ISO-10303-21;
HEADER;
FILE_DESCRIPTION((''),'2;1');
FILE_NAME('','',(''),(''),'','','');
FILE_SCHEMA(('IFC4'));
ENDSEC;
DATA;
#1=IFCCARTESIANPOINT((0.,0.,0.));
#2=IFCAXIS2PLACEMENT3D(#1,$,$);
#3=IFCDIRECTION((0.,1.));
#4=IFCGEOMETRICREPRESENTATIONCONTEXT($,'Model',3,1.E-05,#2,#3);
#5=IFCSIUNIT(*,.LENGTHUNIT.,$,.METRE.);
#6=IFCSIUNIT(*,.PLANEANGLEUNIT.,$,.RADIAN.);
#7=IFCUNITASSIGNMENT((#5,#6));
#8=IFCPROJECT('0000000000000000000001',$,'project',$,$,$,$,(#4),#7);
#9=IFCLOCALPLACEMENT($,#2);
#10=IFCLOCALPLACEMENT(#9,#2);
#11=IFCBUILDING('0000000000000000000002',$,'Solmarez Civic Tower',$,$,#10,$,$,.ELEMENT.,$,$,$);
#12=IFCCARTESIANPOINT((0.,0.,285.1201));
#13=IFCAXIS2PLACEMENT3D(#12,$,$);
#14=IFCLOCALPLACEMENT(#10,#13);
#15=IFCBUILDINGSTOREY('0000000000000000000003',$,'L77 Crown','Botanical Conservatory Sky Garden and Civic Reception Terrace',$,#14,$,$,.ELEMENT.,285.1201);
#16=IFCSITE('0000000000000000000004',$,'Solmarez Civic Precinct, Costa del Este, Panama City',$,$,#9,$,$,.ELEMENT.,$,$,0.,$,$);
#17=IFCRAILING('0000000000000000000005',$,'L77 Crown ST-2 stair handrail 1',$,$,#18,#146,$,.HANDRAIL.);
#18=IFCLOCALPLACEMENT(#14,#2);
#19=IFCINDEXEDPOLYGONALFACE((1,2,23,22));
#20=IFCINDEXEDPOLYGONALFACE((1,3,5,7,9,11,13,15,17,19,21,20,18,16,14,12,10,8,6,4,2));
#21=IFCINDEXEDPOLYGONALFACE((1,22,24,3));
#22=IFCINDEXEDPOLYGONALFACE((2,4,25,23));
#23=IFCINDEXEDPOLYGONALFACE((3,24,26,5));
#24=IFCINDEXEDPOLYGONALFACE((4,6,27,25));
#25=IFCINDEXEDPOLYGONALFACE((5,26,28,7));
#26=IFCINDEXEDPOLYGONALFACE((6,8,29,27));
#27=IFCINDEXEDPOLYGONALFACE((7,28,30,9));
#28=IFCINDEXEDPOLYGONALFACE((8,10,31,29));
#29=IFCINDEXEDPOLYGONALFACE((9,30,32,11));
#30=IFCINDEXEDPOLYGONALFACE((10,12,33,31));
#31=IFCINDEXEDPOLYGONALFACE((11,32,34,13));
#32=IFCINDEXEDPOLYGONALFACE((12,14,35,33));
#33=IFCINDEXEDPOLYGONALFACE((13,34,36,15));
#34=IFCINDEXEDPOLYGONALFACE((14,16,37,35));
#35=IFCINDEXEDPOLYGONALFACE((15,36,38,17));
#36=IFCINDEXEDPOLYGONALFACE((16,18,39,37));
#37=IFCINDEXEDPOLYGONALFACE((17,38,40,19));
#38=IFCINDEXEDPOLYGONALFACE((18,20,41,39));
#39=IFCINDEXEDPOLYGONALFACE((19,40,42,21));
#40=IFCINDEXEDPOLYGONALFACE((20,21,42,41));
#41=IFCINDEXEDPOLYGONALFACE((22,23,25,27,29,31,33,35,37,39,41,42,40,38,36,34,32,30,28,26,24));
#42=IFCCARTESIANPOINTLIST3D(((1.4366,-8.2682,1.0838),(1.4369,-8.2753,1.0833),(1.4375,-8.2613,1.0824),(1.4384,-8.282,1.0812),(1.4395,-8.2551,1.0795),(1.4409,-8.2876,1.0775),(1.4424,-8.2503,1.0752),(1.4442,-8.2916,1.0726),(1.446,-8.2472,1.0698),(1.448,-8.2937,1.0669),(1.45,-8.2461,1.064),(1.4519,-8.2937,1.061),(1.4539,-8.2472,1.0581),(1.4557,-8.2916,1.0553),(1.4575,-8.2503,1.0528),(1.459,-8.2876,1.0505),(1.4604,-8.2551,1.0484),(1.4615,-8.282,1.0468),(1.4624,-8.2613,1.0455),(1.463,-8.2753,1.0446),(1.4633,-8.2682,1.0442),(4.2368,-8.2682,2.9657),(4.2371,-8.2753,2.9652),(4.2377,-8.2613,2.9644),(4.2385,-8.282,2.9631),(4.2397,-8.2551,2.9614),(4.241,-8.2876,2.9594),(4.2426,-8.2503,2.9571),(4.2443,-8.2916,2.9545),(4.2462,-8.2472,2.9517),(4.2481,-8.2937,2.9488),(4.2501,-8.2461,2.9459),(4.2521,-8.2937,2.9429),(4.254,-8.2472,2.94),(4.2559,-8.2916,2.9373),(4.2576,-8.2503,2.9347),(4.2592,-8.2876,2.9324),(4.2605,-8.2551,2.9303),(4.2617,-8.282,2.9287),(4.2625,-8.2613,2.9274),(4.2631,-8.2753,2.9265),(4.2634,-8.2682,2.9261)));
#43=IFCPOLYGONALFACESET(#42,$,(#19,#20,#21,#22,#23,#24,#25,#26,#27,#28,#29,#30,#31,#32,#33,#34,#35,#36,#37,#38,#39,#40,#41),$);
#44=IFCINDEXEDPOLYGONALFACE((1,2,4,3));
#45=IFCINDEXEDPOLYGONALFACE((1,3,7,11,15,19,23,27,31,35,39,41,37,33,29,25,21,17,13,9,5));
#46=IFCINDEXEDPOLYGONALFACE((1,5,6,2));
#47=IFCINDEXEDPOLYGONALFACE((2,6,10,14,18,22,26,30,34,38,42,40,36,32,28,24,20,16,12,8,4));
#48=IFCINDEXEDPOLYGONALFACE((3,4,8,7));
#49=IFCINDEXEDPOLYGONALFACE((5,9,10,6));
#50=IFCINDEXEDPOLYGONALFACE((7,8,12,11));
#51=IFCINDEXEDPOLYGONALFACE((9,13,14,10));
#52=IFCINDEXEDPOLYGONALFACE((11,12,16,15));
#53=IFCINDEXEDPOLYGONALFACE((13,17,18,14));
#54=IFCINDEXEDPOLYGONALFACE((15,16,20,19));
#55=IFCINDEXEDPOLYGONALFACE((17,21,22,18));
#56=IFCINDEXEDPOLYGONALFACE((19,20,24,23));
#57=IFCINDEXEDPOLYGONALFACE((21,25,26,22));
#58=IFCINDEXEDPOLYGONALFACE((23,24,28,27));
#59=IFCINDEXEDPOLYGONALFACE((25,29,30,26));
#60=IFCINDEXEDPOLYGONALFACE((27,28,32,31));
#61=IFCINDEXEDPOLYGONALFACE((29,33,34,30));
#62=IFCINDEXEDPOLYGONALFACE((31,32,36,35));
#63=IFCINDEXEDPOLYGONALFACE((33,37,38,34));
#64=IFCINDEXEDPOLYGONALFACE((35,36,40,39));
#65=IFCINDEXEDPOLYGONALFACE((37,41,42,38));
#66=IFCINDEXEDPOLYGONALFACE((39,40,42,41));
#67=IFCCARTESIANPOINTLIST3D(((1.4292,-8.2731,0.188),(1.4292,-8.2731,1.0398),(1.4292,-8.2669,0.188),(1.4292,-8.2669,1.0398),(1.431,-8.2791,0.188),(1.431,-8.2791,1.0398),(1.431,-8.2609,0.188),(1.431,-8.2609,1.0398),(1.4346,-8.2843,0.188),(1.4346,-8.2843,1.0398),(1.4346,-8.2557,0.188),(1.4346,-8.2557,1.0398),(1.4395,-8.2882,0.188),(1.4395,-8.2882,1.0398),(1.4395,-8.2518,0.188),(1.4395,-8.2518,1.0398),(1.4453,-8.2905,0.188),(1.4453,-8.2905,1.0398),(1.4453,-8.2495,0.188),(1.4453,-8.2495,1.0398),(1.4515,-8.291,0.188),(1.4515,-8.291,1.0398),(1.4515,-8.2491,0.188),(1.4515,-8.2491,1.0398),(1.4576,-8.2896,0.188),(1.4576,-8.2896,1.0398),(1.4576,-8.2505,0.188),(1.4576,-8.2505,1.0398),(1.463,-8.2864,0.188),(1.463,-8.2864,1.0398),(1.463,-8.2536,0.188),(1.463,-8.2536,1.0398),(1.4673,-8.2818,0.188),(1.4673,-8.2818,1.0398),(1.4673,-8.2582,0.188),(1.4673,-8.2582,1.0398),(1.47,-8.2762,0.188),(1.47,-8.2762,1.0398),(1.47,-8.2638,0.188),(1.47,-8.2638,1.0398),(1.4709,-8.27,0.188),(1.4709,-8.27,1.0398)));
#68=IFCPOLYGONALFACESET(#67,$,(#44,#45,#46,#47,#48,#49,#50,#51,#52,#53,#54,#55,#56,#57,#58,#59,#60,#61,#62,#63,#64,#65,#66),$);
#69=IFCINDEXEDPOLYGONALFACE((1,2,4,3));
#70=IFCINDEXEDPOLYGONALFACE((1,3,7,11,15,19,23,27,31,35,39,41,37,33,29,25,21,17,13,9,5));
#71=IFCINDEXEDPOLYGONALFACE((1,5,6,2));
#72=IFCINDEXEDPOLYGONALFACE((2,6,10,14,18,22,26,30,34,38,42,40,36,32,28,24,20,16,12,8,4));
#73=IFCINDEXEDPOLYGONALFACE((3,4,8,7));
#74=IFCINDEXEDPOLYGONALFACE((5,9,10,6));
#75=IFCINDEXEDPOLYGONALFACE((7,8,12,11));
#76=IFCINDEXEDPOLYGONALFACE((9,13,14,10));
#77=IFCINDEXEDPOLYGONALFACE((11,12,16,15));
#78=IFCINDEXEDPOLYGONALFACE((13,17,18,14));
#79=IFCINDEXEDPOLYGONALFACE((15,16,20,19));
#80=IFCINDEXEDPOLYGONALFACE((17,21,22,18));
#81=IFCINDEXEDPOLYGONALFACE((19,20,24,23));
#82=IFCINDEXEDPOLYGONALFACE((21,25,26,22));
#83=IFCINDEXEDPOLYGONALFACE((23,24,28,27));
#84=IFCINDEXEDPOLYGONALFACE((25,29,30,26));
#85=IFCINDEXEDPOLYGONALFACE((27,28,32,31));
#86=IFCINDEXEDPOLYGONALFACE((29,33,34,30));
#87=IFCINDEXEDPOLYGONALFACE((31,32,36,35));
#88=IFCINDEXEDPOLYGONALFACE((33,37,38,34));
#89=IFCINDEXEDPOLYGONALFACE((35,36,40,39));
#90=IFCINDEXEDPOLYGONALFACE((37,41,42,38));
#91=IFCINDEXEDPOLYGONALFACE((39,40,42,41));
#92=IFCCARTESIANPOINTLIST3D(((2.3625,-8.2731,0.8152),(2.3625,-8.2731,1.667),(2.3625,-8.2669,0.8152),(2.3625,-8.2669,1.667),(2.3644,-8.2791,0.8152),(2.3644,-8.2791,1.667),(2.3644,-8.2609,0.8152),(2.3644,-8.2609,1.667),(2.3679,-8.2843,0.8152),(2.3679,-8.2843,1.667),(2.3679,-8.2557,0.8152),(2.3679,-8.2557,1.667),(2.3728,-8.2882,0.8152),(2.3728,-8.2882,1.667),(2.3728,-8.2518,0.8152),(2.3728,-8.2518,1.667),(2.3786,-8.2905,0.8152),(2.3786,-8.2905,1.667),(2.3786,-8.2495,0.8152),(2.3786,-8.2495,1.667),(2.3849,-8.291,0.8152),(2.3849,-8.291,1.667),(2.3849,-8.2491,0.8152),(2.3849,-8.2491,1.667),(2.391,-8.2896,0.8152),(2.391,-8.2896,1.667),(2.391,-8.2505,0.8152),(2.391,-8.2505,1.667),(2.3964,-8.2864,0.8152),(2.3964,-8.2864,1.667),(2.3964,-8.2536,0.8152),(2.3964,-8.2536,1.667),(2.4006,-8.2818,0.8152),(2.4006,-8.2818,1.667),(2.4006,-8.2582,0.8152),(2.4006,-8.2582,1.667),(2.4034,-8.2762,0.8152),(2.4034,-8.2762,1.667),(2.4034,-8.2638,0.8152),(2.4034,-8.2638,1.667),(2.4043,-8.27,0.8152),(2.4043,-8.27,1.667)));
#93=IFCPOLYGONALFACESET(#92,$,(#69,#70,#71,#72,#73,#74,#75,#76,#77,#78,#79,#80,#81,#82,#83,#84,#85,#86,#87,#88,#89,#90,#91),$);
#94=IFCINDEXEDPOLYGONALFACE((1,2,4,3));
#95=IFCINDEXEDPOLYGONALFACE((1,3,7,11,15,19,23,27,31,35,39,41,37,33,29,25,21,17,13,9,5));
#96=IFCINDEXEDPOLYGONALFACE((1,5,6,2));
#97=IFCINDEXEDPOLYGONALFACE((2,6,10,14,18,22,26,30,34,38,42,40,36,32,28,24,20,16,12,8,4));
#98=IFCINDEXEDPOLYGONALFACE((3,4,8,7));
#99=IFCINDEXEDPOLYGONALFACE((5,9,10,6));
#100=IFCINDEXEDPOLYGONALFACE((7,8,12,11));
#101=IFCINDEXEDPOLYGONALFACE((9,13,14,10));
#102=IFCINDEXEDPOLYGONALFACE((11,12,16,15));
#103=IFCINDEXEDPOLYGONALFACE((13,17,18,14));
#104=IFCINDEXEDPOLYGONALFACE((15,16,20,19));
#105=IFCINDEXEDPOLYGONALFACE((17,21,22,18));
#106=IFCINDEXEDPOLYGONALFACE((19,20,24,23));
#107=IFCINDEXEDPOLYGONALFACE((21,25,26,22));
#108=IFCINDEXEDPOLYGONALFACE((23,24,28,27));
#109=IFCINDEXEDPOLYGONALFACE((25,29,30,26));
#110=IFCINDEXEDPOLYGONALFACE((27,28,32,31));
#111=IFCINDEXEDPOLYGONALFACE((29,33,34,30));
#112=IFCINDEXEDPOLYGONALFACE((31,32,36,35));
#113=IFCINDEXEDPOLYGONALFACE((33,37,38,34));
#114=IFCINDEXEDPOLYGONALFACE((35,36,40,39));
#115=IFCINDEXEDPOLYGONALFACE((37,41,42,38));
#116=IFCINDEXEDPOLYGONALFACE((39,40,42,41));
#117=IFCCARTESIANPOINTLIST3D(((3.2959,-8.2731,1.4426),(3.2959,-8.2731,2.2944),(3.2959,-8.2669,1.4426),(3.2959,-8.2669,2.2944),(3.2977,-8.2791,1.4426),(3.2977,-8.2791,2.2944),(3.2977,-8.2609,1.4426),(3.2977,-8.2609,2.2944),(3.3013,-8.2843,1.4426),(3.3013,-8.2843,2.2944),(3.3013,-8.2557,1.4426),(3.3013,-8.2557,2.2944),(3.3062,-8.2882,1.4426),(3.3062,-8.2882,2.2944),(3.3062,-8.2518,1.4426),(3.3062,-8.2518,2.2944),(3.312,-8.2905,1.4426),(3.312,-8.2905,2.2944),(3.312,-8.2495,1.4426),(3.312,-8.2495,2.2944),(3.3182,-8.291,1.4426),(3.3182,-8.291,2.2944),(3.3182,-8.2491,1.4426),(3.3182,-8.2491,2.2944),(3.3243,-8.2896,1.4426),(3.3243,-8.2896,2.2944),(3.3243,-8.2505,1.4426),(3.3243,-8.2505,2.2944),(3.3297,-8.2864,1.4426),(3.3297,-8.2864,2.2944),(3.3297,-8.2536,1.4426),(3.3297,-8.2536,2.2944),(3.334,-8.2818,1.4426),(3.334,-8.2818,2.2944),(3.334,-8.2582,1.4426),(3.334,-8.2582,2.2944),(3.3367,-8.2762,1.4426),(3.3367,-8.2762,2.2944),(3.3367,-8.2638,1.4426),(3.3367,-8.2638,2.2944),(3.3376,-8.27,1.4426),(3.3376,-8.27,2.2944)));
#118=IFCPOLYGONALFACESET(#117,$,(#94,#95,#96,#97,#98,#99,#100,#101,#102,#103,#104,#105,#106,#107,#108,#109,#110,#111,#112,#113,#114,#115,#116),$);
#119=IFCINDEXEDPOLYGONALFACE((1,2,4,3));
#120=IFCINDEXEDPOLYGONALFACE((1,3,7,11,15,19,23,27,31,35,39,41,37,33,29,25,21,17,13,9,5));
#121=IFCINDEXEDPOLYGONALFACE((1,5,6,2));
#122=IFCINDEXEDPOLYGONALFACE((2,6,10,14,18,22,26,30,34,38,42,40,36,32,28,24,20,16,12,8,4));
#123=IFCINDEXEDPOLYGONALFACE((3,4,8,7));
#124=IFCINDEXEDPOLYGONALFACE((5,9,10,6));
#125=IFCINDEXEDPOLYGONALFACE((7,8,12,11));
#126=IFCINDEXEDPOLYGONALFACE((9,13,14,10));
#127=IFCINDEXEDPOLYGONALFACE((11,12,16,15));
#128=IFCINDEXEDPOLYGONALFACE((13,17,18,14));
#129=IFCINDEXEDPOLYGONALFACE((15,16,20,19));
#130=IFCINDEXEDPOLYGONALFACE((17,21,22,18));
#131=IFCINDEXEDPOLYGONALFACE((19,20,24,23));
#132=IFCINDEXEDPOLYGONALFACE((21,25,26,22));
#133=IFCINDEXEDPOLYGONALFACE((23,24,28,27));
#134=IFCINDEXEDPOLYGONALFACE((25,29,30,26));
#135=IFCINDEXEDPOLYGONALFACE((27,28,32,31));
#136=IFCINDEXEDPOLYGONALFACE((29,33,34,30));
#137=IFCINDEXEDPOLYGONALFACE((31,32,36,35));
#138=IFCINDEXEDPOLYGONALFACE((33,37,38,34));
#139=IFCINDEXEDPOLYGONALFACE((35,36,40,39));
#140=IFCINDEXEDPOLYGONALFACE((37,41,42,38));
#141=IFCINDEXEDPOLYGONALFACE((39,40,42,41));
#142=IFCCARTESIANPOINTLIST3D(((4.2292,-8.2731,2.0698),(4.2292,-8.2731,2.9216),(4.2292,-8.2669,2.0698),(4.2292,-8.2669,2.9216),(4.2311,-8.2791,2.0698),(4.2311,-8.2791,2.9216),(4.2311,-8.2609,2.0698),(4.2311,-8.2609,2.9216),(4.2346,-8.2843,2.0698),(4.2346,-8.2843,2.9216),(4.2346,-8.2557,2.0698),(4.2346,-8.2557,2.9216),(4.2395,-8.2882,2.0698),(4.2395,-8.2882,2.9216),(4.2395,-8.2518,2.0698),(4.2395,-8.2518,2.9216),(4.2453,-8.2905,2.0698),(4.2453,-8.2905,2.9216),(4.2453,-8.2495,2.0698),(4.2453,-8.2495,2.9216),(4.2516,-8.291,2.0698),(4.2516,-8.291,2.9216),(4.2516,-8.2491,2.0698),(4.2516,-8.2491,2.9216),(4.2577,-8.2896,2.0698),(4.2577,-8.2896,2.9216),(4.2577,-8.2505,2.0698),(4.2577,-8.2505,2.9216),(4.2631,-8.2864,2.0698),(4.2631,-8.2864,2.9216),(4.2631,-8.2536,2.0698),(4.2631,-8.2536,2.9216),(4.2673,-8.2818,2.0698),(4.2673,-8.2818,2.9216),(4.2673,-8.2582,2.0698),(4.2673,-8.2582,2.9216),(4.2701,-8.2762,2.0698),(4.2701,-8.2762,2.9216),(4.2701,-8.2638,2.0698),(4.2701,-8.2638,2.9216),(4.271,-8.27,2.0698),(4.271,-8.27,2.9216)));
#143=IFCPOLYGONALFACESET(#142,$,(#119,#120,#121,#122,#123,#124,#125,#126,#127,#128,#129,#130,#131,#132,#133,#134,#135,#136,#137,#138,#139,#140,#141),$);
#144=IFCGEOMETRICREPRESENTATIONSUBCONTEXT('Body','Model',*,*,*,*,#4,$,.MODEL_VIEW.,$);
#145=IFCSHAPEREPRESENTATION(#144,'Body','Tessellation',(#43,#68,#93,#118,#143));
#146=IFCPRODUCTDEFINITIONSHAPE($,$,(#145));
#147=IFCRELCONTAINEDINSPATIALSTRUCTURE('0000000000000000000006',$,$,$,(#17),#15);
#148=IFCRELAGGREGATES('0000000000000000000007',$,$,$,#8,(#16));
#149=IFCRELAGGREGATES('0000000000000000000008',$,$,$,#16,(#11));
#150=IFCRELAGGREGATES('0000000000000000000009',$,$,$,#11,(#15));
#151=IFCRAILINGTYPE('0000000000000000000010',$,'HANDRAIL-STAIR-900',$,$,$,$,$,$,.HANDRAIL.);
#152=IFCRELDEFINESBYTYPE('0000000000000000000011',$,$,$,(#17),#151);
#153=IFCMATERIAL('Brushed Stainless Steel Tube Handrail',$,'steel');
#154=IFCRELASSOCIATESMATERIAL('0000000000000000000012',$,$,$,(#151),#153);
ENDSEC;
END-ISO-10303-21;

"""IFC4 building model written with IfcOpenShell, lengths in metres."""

from ifc_helpers import new_model, si_unit, direction, frame, origin, origin_2d, place, context, subcontext, project, spatial, circle, extrude, material, type_object, element, save


model = new_model("IFC4")

# Units and contexts
model_context = context("Model", 3, precision=1e-05, world=origin(), true_north=direction((0.0, 1.0)))
body_context = subcontext(model_context, "Body", "Model", "MODEL_VIEW")
ifc_project = project(units=[si_unit("LENGTHUNIT", "METRE"), si_unit("PLANEANGLEUNIT", "RADIAN")], contexts=[model_context])

# Site, building, storey
site_placement = place(None, origin())
site = spatial("IfcSite", under=ifc_project, at=site_placement, Name="Solmarez Civic Precinct, Costa del Este, Panama City", CompositionType="ELEMENT", RefElevation=0.0)
building_placement = place(site_placement, origin())
building = spatial("IfcBuilding", under=site, at=building_placement, Name="Solmarez Civic Tower", CompositionType="ELEMENT")
storey_placement = place(building_placement, frame((0.0, 0.0, 285.1201)))
storey = spatial("IfcBuildingStorey", under=building, at=storey_placement, Name="L77 Crown", Description="Botanical Conservatory Sky Garden and Civic Reception Terrace", CompositionType="ELEMENT", Elevation=285.1201)

# Railing
ifc_material_1 = material(Name="Brushed Stainless Steel Tube Handrail", Category="steel")
railing_type_1 = type_object("IfcRailingType", Name="HANDRAIL-STAIR-900", PredefinedType="HANDRAIL", material=ifc_material_1)
railing_1_placement = place(storey_placement, frame((1.45, -8.27, 0.188)))
element("IfcRailing", 1, at=railing_1_placement, inside=storey, type_object=railing_type_1, Name="L77 Crown ST-2 stair handrail 1", PredefinedType="HANDRAIL", context=body_context, shape_type="SweptSolid", body=[
    extrude(circle(Radius=0.0239, at=origin_2d()), frame((0.0, 0.0, 0.876), z_axis=(0.829974, 0.0, 0.557803), x_axis=(0.0, 1.0, 0.0)), (0.0, 0.0, 1.0), 3.3738),
    extrude(circle(Radius=0.021, at=origin_2d()), origin(), (0.0, 0.0, 1.0), 0.8518),
    extrude(circle(Radius=0.021, at=origin_2d()), frame((0.9333, 0.0, 0.6272)), (0.0, 0.0, 1.0), 0.8518),
    extrude(circle(Radius=0.021, at=origin_2d()), frame((1.8667, 0.0, 1.2546)), (0.0, 0.0, 1.0), 0.8518),
    extrude(circle(Radius=0.021, at=origin_2d()), frame((2.8, 0.0, 1.8818)), (0.0, 0.0, 1.0), 0.8518),
])

save(model, "model.ifc")
